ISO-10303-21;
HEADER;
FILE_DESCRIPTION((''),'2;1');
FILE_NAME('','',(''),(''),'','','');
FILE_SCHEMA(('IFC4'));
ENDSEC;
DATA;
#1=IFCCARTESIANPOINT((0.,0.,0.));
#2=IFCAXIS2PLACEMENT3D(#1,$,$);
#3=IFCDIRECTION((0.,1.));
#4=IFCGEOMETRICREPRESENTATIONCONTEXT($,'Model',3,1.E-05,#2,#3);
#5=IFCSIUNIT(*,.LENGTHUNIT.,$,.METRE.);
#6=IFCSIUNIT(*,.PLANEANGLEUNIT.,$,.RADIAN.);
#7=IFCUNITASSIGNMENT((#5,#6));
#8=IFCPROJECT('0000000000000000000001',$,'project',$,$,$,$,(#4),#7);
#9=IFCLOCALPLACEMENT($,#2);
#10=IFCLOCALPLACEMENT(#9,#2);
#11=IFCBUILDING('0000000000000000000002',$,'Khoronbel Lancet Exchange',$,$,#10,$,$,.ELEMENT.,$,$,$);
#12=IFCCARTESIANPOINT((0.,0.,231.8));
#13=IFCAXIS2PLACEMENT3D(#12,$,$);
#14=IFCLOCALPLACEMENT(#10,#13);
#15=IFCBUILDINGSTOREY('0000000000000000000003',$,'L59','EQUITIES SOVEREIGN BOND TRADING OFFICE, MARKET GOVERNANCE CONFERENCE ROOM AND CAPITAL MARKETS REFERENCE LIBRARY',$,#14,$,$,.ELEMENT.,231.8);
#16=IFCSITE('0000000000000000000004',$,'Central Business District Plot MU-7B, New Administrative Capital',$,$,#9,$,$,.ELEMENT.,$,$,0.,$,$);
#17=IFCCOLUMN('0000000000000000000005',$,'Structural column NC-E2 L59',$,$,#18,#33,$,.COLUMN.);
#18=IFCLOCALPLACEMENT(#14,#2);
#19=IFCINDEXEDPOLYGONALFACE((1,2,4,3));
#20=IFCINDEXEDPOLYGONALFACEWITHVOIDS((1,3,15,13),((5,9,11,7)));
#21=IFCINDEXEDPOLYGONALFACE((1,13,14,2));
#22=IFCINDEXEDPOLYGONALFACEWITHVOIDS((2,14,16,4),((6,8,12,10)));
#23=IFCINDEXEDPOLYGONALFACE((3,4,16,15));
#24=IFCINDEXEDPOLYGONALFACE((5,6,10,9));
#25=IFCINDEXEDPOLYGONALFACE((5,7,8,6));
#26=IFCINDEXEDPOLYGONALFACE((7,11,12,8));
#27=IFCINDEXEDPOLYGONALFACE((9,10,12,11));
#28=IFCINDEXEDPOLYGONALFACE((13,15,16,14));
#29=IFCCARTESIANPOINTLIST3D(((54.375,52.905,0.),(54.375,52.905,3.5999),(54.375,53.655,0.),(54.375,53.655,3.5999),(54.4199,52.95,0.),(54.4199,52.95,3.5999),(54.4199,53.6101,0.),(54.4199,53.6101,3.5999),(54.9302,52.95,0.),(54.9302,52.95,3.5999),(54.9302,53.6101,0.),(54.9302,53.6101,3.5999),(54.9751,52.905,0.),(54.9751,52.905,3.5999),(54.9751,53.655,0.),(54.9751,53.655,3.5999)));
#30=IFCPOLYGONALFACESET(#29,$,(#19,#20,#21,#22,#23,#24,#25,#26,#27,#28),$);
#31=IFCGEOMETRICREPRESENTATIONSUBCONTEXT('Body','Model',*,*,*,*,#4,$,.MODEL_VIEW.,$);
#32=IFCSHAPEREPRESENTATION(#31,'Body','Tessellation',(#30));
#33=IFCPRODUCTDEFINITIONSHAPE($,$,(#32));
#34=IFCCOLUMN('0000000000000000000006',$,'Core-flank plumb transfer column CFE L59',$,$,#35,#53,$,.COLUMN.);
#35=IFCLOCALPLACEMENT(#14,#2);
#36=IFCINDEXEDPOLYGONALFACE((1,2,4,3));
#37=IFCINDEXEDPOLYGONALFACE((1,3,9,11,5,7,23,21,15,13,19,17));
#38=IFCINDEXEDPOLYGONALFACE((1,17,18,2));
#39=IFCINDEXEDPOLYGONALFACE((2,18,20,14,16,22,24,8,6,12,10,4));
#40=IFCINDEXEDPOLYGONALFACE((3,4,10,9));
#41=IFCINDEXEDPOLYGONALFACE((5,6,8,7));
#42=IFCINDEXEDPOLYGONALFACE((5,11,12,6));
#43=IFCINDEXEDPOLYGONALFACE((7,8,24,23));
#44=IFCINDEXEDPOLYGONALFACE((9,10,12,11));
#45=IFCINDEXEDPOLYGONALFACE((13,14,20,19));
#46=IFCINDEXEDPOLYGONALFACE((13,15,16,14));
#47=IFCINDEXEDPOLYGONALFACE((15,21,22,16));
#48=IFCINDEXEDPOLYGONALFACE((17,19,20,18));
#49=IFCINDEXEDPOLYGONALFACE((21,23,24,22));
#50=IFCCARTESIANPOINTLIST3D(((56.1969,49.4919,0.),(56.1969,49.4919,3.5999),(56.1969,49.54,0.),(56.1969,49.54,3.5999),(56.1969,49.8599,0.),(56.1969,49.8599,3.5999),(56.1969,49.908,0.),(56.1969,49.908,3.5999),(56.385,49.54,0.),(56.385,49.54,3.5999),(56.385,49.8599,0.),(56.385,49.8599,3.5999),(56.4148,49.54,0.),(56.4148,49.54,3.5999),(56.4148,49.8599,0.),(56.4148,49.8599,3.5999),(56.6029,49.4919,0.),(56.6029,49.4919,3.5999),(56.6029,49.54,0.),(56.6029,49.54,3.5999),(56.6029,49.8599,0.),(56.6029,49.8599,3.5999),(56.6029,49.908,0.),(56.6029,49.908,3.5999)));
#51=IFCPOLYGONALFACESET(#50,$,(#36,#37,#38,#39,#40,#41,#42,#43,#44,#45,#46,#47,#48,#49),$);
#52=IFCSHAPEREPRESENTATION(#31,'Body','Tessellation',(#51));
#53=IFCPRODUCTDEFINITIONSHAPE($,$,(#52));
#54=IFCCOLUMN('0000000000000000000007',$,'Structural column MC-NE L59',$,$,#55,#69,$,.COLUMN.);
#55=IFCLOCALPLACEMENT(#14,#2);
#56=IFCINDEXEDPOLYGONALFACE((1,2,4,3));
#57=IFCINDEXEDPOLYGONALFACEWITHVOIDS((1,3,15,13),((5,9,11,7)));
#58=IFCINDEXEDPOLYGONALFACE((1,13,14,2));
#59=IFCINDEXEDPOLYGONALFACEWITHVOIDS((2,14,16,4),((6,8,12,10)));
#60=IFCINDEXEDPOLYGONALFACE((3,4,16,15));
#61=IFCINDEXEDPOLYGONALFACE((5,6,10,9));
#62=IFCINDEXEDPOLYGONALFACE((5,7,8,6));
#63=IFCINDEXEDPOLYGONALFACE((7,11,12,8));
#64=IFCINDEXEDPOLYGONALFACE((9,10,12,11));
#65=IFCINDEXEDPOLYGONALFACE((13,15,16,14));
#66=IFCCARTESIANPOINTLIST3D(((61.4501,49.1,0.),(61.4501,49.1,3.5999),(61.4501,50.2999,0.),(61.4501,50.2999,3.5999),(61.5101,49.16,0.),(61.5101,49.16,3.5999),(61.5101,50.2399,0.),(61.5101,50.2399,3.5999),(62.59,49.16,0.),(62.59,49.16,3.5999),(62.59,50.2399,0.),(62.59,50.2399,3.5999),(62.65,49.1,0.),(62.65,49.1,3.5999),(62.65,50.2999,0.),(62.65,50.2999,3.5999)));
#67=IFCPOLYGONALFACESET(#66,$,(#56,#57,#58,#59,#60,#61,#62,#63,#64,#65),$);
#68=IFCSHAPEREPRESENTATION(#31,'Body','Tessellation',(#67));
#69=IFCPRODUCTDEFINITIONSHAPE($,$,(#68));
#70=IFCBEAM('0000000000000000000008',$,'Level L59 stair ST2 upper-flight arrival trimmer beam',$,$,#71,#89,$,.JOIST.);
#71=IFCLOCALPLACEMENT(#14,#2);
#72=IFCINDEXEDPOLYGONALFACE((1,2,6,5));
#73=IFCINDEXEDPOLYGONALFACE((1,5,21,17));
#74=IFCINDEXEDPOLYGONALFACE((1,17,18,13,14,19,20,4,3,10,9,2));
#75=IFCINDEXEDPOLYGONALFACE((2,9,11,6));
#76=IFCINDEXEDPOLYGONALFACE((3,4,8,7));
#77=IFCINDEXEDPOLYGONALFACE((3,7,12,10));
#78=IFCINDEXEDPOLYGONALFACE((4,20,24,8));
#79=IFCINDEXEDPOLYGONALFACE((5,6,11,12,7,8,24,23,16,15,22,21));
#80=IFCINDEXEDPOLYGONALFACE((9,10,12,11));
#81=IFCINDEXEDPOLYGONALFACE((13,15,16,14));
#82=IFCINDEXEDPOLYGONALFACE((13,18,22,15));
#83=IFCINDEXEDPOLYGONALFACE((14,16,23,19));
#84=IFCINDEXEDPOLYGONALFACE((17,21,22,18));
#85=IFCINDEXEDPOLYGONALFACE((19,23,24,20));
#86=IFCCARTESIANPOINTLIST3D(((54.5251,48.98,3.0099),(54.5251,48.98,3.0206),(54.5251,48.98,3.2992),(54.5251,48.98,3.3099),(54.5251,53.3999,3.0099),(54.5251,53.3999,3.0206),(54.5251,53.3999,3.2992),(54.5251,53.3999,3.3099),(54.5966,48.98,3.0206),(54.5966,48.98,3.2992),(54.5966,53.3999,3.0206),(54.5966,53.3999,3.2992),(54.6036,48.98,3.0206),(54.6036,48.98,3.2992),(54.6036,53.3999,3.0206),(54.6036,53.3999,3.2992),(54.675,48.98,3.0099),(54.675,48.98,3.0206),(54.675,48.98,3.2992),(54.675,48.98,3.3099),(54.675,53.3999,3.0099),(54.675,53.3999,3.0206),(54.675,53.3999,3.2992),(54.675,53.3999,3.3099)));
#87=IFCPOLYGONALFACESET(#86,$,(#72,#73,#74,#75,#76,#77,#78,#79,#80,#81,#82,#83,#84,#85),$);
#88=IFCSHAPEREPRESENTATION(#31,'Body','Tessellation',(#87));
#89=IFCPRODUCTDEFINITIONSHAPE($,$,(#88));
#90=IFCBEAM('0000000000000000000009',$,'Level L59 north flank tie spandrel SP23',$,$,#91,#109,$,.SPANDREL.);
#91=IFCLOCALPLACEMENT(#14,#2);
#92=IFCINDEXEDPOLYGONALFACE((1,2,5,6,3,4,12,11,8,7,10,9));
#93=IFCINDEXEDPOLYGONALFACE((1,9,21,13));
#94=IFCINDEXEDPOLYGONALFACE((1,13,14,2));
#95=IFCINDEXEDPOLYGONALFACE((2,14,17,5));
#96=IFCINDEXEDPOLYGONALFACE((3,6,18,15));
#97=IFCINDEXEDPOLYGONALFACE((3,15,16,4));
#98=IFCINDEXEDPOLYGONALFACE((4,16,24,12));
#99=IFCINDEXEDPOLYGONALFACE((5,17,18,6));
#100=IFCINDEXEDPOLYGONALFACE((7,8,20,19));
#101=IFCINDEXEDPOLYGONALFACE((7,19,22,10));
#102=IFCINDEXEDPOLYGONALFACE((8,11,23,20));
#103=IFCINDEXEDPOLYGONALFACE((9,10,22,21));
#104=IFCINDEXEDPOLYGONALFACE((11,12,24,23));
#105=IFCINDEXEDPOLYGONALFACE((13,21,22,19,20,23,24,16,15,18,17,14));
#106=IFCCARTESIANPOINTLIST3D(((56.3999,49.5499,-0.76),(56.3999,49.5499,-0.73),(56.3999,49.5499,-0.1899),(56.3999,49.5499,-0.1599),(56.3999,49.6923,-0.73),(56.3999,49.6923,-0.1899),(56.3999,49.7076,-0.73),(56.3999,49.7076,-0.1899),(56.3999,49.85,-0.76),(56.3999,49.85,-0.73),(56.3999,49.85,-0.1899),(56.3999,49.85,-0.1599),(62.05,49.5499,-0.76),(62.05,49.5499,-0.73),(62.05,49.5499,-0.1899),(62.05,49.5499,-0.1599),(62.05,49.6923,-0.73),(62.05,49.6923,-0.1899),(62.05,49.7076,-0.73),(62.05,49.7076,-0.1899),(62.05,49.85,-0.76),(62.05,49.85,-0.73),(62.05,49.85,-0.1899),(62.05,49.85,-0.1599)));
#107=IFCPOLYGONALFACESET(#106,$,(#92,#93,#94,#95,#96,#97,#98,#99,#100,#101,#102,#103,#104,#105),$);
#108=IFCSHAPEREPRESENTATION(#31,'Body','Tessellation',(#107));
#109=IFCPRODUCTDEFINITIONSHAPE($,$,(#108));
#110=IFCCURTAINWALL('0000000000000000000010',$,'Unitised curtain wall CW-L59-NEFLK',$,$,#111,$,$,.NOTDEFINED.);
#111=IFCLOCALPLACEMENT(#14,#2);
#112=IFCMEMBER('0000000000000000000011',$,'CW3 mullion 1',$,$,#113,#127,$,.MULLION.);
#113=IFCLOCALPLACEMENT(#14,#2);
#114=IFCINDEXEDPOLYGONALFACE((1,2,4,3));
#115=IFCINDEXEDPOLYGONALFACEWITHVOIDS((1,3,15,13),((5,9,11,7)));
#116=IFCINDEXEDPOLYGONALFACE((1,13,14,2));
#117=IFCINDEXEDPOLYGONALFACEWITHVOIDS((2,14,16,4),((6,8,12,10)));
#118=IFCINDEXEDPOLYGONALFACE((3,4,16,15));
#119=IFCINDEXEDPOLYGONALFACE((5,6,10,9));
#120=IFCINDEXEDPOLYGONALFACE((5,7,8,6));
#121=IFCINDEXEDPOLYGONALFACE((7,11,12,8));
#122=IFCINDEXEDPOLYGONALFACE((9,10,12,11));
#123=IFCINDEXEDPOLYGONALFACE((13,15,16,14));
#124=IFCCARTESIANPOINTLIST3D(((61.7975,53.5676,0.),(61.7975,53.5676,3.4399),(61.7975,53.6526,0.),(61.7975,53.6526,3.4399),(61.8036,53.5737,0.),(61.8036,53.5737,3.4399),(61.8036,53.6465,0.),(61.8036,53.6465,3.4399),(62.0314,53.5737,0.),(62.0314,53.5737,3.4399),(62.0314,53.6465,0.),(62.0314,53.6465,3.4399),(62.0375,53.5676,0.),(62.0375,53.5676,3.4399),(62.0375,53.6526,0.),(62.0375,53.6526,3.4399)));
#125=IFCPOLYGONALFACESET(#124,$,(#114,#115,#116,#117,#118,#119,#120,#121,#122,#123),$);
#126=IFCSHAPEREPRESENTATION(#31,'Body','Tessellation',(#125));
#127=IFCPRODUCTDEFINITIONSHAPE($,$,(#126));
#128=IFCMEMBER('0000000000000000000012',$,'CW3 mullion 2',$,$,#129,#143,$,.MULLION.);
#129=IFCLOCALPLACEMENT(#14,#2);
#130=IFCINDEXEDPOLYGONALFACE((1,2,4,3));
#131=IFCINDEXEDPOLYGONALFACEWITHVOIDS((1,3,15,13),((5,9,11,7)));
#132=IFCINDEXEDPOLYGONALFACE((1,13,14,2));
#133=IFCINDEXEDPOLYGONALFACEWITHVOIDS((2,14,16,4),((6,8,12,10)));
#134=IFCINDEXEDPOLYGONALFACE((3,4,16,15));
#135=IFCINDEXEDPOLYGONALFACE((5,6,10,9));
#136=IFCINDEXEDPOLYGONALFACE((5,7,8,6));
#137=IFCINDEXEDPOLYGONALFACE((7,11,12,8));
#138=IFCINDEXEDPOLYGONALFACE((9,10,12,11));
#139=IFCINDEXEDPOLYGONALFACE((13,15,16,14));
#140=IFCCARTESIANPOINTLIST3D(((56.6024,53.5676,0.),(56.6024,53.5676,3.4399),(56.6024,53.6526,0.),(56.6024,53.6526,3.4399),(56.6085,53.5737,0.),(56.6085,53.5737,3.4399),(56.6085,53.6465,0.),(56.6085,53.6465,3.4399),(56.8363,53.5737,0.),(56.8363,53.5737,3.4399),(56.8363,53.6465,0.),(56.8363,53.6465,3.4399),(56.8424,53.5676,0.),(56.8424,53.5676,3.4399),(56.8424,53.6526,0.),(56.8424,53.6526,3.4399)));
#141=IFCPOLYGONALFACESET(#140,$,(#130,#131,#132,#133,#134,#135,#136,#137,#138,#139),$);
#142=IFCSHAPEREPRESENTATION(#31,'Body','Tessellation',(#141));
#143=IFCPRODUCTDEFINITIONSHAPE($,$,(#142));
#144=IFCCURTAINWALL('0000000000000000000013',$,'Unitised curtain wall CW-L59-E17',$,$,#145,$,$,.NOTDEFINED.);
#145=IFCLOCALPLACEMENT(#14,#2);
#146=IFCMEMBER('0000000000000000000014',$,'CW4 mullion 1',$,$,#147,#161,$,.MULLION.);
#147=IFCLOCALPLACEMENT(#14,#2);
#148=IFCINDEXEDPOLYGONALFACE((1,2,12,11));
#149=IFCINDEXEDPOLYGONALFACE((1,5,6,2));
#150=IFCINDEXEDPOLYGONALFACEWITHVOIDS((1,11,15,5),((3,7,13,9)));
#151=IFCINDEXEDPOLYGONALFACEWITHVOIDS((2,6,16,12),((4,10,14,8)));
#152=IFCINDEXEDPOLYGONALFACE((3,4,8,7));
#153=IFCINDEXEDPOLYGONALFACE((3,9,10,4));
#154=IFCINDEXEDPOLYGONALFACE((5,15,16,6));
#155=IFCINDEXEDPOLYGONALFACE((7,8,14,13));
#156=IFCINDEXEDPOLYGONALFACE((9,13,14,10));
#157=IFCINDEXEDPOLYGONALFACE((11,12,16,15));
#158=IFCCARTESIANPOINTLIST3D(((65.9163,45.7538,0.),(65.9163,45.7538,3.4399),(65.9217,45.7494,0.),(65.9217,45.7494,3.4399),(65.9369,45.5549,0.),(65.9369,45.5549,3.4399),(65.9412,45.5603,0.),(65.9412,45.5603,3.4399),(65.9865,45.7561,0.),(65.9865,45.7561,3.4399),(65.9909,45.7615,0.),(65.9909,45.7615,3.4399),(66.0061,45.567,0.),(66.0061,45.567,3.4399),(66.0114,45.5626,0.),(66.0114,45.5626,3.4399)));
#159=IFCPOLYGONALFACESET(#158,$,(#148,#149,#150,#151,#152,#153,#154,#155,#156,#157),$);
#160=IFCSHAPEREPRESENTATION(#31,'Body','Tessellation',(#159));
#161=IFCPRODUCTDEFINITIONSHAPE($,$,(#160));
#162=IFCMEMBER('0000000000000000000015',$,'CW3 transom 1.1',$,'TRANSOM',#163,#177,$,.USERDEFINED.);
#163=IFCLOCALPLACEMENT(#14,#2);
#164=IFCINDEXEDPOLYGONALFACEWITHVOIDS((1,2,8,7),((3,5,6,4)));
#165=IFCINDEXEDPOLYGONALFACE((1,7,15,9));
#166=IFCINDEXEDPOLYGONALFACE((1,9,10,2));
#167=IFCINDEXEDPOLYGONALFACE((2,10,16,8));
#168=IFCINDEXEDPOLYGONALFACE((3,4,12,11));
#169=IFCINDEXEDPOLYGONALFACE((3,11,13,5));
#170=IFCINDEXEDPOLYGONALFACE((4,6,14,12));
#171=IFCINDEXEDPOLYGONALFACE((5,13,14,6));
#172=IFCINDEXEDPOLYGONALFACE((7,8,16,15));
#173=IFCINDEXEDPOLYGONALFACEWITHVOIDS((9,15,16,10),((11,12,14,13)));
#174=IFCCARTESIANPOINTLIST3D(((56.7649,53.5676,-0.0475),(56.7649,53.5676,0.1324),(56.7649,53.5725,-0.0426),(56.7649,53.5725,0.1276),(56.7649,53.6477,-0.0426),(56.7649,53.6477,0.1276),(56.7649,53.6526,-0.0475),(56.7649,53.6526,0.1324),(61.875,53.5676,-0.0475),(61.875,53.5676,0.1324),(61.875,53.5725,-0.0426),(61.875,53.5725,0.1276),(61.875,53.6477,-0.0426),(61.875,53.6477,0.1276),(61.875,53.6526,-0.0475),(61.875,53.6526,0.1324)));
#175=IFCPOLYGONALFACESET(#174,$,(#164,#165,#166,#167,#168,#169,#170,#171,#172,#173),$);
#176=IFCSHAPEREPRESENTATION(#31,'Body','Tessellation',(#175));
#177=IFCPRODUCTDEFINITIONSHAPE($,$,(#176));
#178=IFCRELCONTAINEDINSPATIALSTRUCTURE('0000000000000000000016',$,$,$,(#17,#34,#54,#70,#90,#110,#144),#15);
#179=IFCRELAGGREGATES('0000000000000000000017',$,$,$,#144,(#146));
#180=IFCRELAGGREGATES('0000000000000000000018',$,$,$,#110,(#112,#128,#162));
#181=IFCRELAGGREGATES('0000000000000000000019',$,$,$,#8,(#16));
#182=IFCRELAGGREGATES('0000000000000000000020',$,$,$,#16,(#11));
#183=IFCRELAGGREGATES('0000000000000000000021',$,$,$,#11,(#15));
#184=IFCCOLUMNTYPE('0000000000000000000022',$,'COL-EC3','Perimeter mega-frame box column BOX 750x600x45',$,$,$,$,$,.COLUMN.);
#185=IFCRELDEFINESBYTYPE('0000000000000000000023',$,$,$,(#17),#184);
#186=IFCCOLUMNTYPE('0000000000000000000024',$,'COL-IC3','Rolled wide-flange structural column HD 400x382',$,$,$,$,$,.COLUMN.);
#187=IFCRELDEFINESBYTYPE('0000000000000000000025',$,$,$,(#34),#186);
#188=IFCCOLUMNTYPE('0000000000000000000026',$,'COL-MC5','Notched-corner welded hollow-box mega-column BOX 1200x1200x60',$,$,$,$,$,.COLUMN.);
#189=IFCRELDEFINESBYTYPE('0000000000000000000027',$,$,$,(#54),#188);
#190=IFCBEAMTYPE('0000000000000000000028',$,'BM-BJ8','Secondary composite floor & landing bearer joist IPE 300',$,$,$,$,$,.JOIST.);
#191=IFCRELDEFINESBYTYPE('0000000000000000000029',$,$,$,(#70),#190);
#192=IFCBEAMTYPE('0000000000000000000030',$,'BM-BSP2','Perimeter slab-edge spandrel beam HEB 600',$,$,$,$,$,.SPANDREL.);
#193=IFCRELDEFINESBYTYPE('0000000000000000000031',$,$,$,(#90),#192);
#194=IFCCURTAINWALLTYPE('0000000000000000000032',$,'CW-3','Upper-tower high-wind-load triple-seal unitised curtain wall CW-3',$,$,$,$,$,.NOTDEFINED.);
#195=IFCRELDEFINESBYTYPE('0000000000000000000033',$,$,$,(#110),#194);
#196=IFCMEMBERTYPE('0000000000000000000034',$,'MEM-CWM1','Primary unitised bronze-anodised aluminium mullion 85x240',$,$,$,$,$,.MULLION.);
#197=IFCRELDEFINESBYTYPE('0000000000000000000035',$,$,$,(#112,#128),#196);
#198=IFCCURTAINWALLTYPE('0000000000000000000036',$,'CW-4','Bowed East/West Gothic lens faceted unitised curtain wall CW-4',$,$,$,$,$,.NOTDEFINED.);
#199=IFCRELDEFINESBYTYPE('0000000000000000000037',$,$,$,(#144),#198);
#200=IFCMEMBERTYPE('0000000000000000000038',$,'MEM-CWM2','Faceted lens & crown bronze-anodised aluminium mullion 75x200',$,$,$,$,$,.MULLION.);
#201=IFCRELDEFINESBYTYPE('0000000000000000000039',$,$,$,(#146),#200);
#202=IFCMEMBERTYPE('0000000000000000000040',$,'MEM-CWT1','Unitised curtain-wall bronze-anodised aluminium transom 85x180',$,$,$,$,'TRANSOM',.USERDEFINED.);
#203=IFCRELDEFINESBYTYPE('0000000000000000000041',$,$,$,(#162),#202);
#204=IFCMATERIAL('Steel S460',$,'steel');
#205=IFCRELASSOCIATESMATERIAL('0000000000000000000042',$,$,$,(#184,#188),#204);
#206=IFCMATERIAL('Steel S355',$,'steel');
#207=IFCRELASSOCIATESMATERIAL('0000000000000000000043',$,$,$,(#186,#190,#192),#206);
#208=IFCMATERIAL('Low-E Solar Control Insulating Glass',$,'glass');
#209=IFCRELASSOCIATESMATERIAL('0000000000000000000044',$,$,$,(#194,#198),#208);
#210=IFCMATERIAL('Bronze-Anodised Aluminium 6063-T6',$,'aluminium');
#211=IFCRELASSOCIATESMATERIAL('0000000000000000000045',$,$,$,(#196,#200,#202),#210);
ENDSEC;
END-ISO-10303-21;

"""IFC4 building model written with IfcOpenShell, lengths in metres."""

from ifc_helpers import new_model, si_unit, direction, frame, origin, origin_2d, place, context, subcontext, project, spatial, hollow_rectangle, i_section, extrude, material, material_profile, profile_set, type_object, element, aggregate, save


model = new_model("IFC4")

# Units and contexts
model_context = context("Model", 3, precision=1e-05, world=origin(), true_north=direction((0.0, 1.0)))
body_context = subcontext(model_context, "Body", "Model", "MODEL_VIEW")
ifc_project = project(units=[si_unit("LENGTHUNIT", "METRE"), si_unit("PLANEANGLEUNIT", "RADIAN")], contexts=[model_context])

# Site, building, storey
site_placement = place(None, origin())
site = spatial("IfcSite", under=ifc_project, at=site_placement, Name="Central Business District Plot MU-7B, New Administrative Capital", CompositionType="ELEMENT", RefElevation=0.0)
building_placement = place(site_placement, origin())
building = spatial("IfcBuilding", under=site, at=building_placement, Name="Khoronbel Lancet Exchange", CompositionType="ELEMENT")
storey_placement = place(building_placement, frame((0.0, 0.0, 231.8)))
storey = spatial("IfcBuildingStorey", under=building, at=storey_placement, Name="L59", Description="EQUITIES SOVEREIGN BOND TRADING OFFICE, MARKET GOVERNANCE CONFERENCE ROOM AND CAPITAL MARKETS REFERENCE LIBRARY", CompositionType="ELEMENT", Elevation=231.8)

# Columns
ifc_material_1 = material(Name="Steel S460", Category="steel")
ifc_material_profile_1 = material_profile(ifc_material_1, hollow_rectangle(XDim=0.6001, YDim=0.75, WallThickness=0.0449, at=origin_2d()), Name="BOX 750x600x45")
ifc_profile_set_1 = profile_set([ifc_material_profile_1], Name="Steel S460")
column_type_1 = type_object("IfcColumnType", Name="COL-EC3", Description="Perimeter mega-frame box column BOX 750x600x45", PredefinedType="COLUMN", material=ifc_profile_set_1)
column_1_placement = place(storey_placement, frame((54.675, 53.28, 0.0), z_axis=(0.0, 0.0, 1.0), x_axis=(1.0, 0.0, 0.0)))
element("IfcColumn", 1, at=column_1_placement, inside=storey, type_object=column_type_1, Name="Structural column NC-E2 L59", PredefinedType="COLUMN", context=body_context, shape_type="SweptSolid", body=[
    extrude(hollow_rectangle(XDim=0.6001, YDim=0.75, WallThickness=0.0449, at=origin_2d()), origin(), (0.0, 0.0, 1.0), 3.5999),
])
ifc_material_2 = material(Name="Steel S355", Category="steel")
ifc_material_profile_2 = material_profile(ifc_material_2, i_section(OverallWidth=0.406, OverallDepth=0.416, WebThickness=0.0298, FlangeThickness=0.0481, at=origin_2d()), Name="HD 400x382")
ifc_profile_set_2 = profile_set([ifc_material_profile_2], Name="Steel S355")
column_type_2 = type_object("IfcColumnType", Name="COL-IC3", Description="Rolled wide-flange structural column HD 400x382", PredefinedType="COLUMN", material=ifc_profile_set_2)
column_2_placement = place(storey_placement, frame((56.3999, 49.7, 0.0), z_axis=(0.0, 0.0, 1.0), x_axis=(1.0, 0.0, 0.0)))
element("IfcColumn", 2, at=column_2_placement, inside=storey, type_object=column_type_2, Name="Core-flank plumb transfer column CFE L59", PredefinedType="COLUMN", context=body_context, shape_type="SweptSolid", body=[
    extrude(i_section(OverallWidth=0.406, OverallDepth=0.416, WebThickness=0.0298, FlangeThickness=0.0481, at=origin_2d()), origin(), (0.0, 0.0, 1.0), 3.5999),
])
ifc_material_profile_3 = material_profile(ifc_material_1, hollow_rectangle(XDim=1.2, YDim=1.2, WallThickness=0.0601, at=origin_2d()), Name="BOX 1200x1200x60")
ifc_profile_set_3 = profile_set([ifc_material_profile_3], Name="Steel S460")
column_type_3 = type_object("IfcColumnType", Name="COL-MC5", Description="Notched-corner welded hollow-box mega-column BOX 1200x1200x60", PredefinedType="COLUMN", material=ifc_profile_set_3)
column_3_placement = place(storey_placement, frame((62.05, 49.7, 0.0), z_axis=(0.0, 0.0, 1.0), x_axis=(1.0, 0.0, 0.0)))
element("IfcColumn", 3, at=column_3_placement, inside=storey, type_object=column_type_3, Name="Structural column MC-NE L59", PredefinedType="COLUMN", context=body_context, shape_type="SweptSolid", body=[
    extrude(hollow_rectangle(XDim=1.2, YDim=1.2, WallThickness=0.0601, at=origin_2d()), origin(), (0.0, 0.0, 1.0), 3.5999),
])

# Beams
ifc_material_profile_4 = material_profile(ifc_material_2, i_section(OverallWidth=0.1499, OverallDepth=0.3, WebThickness=0.0071, FlangeThickness=0.0107, at=origin_2d()), Name="IPE 300")
ifc_profile_set_4 = profile_set([ifc_material_profile_4], Name="Steel S355")
beam_type_1 = type_object("IfcBeamType", Name="BM-BJ8", Description="Secondary composite floor & landing bearer joist IPE 300", PredefinedType="JOIST", material=ifc_profile_set_4)
beam_1_placement = place(storey_placement, frame((54.6001, 48.98, 3.1599), z_axis=(0.0, 1.0, 0.0), x_axis=(-1.0, 0.0, 0.0)))
element("IfcBeam", 4, at=beam_1_placement, inside=storey, type_object=beam_type_1, Name="Level L59 stair ST2 upper-flight arrival trimmer beam", PredefinedType="JOIST", context=body_context, shape_type="SweptSolid", body=[
    extrude(i_section(OverallWidth=0.1499, OverallDepth=0.3, WebThickness=0.0071, FlangeThickness=0.0107, at=origin_2d()), origin(), (0.0, 0.0, 1.0), 4.4199),
])
ifc_material_profile_5 = material_profile(ifc_material_2, i_section(OverallWidth=0.3, OverallDepth=0.6001, WebThickness=0.0154, FlangeThickness=0.03, at=origin_2d()), Name="HEB 600")
ifc_profile_set_5 = profile_set([ifc_material_profile_5], Name="Steel S355")
beam_type_2 = type_object("IfcBeamType", Name="BM-BSP2", Description="Perimeter slab-edge spandrel beam HEB 600", PredefinedType="SPANDREL", material=ifc_profile_set_5)
beam_2_placement = place(storey_placement, frame((62.05, 49.7, -0.46), z_axis=(-1.0, 0.0, 0.0), x_axis=(0.0, -1.0, 0.0)))
element("IfcBeam", 5, at=beam_2_placement, inside=storey, type_object=beam_type_2, Name="Level L59 north flank tie spandrel SP23", PredefinedType="SPANDREL", context=body_context, shape_type="SweptSolid", body=[
    extrude(i_section(OverallWidth=0.3, OverallDepth=0.6001, WebThickness=0.0154, FlangeThickness=0.03, at=origin_2d()), origin(), (0.0, 0.0, 1.0), 5.6501),
])

# Curtain wall, members
ifc_material_3 = material(Name="Low-E Solar Control Insulating Glass", Category="glass")
curtain_wall_type_1 = type_object("IfcCurtainWallType", Name="CW-3", Description="Upper-tower high-wind-load triple-seal unitised curtain wall CW-3", PredefinedType="NOTDEFINED", material=ifc_material_3)
curtain_wall_1_placement = place(storey_placement, origin())
curtain_wall_1 = element("IfcCurtainWall", 6, at=curtain_wall_1_placement, inside=storey, type_object=curtain_wall_type_1, Name="Unitised curtain wall CW-L59-NEFLK", PredefinedType="NOTDEFINED")
ifc_material_4 = material(Name="Bronze-Anodised Aluminium 6063-T6", Category="aluminium")
ifc_material_profile_6 = material_profile(ifc_material_4, hollow_rectangle(XDim=0.085, YDim=0.24, WallThickness=0.0061, at=origin_2d()), Name="ALU MULLION 85x240")
ifc_profile_set_6 = profile_set([ifc_material_profile_6], Name="Bronze-Anodised Aluminium 6063-T6")
member_type_1 = type_object("IfcMemberType", Name="MEM-CWM1", Description="Primary unitised bronze-anodised aluminium mullion 85x240", PredefinedType="MULLION", material=ifc_profile_set_6)
member_1_placement = place(storey_placement, frame((61.9175, 53.6101, 0.0), z_axis=(0.0, 0.0, 1.0), x_axis=(0.0, -1.0, 0.0)))
member_1 = element("IfcMember", 7, at=member_1_placement, type_object=member_type_1, Name="CW3 mullion 1", PredefinedType="MULLION", context=body_context, shape_type="SweptSolid", body=[
    extrude(hollow_rectangle(XDim=0.085, YDim=0.24, WallThickness=0.0061, at=origin_2d()), origin(), (0.0, 0.0, 1.0), 3.4399),
])
member_2_placement = place(storey_placement, frame((56.7224, 53.6101, 0.0), z_axis=(0.0, 0.0, 1.0), x_axis=(0.0, -1.0, 0.0)))
member_2 = element("IfcMember", 8, at=member_2_placement, type_object=member_type_1, Name="CW3 mullion 2", PredefinedType="MULLION", context=body_context, shape_type="SweptSolid", body=[
    extrude(hollow_rectangle(XDim=0.085, YDim=0.24, WallThickness=0.0061, at=origin_2d()), origin(), (0.0, 0.0, 1.0), 3.4399),
])

# Curtain wall, member
curtain_wall_type_2 = type_object("IfcCurtainWallType", Name="CW-4", Description="Bowed East/West Gothic lens faceted unitised curtain wall CW-4", PredefinedType="NOTDEFINED", material=ifc_material_3)
curtain_wall_2_placement = place(storey_placement, origin())
curtain_wall_2 = element("IfcCurtainWall", 9, at=curtain_wall_2_placement, inside=storey, type_object=curtain_wall_type_2, Name="Unitised curtain wall CW-L59-E17", PredefinedType="NOTDEFINED")
ifc_material_profile_7 = material_profile(ifc_material_4, hollow_rectangle(XDim=0.075, YDim=0.2, WallThickness=0.0049, at=origin_2d()), Name="ALU MULLION 75x200")
ifc_profile_set_7 = profile_set([ifc_material_profile_7], Name="Bronze-Anodised Aluminium 6063-T6")
member_type_2 = type_object("IfcMemberType", Name="MEM-CWM2", Description="Faceted lens & crown bronze-anodised aluminium mullion 75x200", PredefinedType="MULLION", material=ifc_profile_set_7)
member_3_placement = place(storey_placement, frame((65.9639, 45.6582, 0.0), z_axis=(0.0, 0.0, 1.0), x_axis=(0.994691, 0.10291, 0.0)))
member_3 = element("IfcMember", 10, at=member_3_placement, type_object=member_type_2, Name="CW4 mullion 1", PredefinedType="MULLION", context=body_context, shape_type="SweptSolid", body=[
    extrude(hollow_rectangle(XDim=0.075, YDim=0.2, WallThickness=0.0049, at=origin_2d()), origin(), (0.0, 0.0, 1.0), 3.4399),
])
aggregate(curtain_wall_2, [member_3])

# Member
ifc_material_profile_8 = material_profile(ifc_material_4, hollow_rectangle(XDim=0.085, YDim=0.1799, WallThickness=0.0049, at=origin_2d()), Name="ALU TRANSOM 85x180")
ifc_profile_set_8 = profile_set([ifc_material_profile_8], Name="Bronze-Anodised Aluminium 6063-T6")
member_type_3 = type_object("IfcMemberType", Name="MEM-CWT1", Description="Unitised curtain-wall bronze-anodised aluminium transom 85x180", ElementType="TRANSOM", PredefinedType="USERDEFINED", material=ifc_profile_set_8)
member_4_placement = place(storey_placement, frame((61.875, 53.6101, 0.0425), z_axis=(-1.0, 0.0, 0.0), x_axis=(0.0, -1.0, 0.0)))
member_4 = element("IfcMember", 11, at=member_4_placement, type_object=member_type_3, Name="CW3 transom 1.1", ObjectType="TRANSOM", PredefinedType="USERDEFINED", context=body_context, shape_type="SweptSolid", body=[
    extrude(hollow_rectangle(XDim=0.085, YDim=0.1799, WallThickness=0.0049, at=origin_2d()), origin(), (0.0, 0.0, 1.0), 5.1101),
])

aggregate(curtain_wall_1, [member_1, member_2, member_4])

save(model, "model.ifc")
